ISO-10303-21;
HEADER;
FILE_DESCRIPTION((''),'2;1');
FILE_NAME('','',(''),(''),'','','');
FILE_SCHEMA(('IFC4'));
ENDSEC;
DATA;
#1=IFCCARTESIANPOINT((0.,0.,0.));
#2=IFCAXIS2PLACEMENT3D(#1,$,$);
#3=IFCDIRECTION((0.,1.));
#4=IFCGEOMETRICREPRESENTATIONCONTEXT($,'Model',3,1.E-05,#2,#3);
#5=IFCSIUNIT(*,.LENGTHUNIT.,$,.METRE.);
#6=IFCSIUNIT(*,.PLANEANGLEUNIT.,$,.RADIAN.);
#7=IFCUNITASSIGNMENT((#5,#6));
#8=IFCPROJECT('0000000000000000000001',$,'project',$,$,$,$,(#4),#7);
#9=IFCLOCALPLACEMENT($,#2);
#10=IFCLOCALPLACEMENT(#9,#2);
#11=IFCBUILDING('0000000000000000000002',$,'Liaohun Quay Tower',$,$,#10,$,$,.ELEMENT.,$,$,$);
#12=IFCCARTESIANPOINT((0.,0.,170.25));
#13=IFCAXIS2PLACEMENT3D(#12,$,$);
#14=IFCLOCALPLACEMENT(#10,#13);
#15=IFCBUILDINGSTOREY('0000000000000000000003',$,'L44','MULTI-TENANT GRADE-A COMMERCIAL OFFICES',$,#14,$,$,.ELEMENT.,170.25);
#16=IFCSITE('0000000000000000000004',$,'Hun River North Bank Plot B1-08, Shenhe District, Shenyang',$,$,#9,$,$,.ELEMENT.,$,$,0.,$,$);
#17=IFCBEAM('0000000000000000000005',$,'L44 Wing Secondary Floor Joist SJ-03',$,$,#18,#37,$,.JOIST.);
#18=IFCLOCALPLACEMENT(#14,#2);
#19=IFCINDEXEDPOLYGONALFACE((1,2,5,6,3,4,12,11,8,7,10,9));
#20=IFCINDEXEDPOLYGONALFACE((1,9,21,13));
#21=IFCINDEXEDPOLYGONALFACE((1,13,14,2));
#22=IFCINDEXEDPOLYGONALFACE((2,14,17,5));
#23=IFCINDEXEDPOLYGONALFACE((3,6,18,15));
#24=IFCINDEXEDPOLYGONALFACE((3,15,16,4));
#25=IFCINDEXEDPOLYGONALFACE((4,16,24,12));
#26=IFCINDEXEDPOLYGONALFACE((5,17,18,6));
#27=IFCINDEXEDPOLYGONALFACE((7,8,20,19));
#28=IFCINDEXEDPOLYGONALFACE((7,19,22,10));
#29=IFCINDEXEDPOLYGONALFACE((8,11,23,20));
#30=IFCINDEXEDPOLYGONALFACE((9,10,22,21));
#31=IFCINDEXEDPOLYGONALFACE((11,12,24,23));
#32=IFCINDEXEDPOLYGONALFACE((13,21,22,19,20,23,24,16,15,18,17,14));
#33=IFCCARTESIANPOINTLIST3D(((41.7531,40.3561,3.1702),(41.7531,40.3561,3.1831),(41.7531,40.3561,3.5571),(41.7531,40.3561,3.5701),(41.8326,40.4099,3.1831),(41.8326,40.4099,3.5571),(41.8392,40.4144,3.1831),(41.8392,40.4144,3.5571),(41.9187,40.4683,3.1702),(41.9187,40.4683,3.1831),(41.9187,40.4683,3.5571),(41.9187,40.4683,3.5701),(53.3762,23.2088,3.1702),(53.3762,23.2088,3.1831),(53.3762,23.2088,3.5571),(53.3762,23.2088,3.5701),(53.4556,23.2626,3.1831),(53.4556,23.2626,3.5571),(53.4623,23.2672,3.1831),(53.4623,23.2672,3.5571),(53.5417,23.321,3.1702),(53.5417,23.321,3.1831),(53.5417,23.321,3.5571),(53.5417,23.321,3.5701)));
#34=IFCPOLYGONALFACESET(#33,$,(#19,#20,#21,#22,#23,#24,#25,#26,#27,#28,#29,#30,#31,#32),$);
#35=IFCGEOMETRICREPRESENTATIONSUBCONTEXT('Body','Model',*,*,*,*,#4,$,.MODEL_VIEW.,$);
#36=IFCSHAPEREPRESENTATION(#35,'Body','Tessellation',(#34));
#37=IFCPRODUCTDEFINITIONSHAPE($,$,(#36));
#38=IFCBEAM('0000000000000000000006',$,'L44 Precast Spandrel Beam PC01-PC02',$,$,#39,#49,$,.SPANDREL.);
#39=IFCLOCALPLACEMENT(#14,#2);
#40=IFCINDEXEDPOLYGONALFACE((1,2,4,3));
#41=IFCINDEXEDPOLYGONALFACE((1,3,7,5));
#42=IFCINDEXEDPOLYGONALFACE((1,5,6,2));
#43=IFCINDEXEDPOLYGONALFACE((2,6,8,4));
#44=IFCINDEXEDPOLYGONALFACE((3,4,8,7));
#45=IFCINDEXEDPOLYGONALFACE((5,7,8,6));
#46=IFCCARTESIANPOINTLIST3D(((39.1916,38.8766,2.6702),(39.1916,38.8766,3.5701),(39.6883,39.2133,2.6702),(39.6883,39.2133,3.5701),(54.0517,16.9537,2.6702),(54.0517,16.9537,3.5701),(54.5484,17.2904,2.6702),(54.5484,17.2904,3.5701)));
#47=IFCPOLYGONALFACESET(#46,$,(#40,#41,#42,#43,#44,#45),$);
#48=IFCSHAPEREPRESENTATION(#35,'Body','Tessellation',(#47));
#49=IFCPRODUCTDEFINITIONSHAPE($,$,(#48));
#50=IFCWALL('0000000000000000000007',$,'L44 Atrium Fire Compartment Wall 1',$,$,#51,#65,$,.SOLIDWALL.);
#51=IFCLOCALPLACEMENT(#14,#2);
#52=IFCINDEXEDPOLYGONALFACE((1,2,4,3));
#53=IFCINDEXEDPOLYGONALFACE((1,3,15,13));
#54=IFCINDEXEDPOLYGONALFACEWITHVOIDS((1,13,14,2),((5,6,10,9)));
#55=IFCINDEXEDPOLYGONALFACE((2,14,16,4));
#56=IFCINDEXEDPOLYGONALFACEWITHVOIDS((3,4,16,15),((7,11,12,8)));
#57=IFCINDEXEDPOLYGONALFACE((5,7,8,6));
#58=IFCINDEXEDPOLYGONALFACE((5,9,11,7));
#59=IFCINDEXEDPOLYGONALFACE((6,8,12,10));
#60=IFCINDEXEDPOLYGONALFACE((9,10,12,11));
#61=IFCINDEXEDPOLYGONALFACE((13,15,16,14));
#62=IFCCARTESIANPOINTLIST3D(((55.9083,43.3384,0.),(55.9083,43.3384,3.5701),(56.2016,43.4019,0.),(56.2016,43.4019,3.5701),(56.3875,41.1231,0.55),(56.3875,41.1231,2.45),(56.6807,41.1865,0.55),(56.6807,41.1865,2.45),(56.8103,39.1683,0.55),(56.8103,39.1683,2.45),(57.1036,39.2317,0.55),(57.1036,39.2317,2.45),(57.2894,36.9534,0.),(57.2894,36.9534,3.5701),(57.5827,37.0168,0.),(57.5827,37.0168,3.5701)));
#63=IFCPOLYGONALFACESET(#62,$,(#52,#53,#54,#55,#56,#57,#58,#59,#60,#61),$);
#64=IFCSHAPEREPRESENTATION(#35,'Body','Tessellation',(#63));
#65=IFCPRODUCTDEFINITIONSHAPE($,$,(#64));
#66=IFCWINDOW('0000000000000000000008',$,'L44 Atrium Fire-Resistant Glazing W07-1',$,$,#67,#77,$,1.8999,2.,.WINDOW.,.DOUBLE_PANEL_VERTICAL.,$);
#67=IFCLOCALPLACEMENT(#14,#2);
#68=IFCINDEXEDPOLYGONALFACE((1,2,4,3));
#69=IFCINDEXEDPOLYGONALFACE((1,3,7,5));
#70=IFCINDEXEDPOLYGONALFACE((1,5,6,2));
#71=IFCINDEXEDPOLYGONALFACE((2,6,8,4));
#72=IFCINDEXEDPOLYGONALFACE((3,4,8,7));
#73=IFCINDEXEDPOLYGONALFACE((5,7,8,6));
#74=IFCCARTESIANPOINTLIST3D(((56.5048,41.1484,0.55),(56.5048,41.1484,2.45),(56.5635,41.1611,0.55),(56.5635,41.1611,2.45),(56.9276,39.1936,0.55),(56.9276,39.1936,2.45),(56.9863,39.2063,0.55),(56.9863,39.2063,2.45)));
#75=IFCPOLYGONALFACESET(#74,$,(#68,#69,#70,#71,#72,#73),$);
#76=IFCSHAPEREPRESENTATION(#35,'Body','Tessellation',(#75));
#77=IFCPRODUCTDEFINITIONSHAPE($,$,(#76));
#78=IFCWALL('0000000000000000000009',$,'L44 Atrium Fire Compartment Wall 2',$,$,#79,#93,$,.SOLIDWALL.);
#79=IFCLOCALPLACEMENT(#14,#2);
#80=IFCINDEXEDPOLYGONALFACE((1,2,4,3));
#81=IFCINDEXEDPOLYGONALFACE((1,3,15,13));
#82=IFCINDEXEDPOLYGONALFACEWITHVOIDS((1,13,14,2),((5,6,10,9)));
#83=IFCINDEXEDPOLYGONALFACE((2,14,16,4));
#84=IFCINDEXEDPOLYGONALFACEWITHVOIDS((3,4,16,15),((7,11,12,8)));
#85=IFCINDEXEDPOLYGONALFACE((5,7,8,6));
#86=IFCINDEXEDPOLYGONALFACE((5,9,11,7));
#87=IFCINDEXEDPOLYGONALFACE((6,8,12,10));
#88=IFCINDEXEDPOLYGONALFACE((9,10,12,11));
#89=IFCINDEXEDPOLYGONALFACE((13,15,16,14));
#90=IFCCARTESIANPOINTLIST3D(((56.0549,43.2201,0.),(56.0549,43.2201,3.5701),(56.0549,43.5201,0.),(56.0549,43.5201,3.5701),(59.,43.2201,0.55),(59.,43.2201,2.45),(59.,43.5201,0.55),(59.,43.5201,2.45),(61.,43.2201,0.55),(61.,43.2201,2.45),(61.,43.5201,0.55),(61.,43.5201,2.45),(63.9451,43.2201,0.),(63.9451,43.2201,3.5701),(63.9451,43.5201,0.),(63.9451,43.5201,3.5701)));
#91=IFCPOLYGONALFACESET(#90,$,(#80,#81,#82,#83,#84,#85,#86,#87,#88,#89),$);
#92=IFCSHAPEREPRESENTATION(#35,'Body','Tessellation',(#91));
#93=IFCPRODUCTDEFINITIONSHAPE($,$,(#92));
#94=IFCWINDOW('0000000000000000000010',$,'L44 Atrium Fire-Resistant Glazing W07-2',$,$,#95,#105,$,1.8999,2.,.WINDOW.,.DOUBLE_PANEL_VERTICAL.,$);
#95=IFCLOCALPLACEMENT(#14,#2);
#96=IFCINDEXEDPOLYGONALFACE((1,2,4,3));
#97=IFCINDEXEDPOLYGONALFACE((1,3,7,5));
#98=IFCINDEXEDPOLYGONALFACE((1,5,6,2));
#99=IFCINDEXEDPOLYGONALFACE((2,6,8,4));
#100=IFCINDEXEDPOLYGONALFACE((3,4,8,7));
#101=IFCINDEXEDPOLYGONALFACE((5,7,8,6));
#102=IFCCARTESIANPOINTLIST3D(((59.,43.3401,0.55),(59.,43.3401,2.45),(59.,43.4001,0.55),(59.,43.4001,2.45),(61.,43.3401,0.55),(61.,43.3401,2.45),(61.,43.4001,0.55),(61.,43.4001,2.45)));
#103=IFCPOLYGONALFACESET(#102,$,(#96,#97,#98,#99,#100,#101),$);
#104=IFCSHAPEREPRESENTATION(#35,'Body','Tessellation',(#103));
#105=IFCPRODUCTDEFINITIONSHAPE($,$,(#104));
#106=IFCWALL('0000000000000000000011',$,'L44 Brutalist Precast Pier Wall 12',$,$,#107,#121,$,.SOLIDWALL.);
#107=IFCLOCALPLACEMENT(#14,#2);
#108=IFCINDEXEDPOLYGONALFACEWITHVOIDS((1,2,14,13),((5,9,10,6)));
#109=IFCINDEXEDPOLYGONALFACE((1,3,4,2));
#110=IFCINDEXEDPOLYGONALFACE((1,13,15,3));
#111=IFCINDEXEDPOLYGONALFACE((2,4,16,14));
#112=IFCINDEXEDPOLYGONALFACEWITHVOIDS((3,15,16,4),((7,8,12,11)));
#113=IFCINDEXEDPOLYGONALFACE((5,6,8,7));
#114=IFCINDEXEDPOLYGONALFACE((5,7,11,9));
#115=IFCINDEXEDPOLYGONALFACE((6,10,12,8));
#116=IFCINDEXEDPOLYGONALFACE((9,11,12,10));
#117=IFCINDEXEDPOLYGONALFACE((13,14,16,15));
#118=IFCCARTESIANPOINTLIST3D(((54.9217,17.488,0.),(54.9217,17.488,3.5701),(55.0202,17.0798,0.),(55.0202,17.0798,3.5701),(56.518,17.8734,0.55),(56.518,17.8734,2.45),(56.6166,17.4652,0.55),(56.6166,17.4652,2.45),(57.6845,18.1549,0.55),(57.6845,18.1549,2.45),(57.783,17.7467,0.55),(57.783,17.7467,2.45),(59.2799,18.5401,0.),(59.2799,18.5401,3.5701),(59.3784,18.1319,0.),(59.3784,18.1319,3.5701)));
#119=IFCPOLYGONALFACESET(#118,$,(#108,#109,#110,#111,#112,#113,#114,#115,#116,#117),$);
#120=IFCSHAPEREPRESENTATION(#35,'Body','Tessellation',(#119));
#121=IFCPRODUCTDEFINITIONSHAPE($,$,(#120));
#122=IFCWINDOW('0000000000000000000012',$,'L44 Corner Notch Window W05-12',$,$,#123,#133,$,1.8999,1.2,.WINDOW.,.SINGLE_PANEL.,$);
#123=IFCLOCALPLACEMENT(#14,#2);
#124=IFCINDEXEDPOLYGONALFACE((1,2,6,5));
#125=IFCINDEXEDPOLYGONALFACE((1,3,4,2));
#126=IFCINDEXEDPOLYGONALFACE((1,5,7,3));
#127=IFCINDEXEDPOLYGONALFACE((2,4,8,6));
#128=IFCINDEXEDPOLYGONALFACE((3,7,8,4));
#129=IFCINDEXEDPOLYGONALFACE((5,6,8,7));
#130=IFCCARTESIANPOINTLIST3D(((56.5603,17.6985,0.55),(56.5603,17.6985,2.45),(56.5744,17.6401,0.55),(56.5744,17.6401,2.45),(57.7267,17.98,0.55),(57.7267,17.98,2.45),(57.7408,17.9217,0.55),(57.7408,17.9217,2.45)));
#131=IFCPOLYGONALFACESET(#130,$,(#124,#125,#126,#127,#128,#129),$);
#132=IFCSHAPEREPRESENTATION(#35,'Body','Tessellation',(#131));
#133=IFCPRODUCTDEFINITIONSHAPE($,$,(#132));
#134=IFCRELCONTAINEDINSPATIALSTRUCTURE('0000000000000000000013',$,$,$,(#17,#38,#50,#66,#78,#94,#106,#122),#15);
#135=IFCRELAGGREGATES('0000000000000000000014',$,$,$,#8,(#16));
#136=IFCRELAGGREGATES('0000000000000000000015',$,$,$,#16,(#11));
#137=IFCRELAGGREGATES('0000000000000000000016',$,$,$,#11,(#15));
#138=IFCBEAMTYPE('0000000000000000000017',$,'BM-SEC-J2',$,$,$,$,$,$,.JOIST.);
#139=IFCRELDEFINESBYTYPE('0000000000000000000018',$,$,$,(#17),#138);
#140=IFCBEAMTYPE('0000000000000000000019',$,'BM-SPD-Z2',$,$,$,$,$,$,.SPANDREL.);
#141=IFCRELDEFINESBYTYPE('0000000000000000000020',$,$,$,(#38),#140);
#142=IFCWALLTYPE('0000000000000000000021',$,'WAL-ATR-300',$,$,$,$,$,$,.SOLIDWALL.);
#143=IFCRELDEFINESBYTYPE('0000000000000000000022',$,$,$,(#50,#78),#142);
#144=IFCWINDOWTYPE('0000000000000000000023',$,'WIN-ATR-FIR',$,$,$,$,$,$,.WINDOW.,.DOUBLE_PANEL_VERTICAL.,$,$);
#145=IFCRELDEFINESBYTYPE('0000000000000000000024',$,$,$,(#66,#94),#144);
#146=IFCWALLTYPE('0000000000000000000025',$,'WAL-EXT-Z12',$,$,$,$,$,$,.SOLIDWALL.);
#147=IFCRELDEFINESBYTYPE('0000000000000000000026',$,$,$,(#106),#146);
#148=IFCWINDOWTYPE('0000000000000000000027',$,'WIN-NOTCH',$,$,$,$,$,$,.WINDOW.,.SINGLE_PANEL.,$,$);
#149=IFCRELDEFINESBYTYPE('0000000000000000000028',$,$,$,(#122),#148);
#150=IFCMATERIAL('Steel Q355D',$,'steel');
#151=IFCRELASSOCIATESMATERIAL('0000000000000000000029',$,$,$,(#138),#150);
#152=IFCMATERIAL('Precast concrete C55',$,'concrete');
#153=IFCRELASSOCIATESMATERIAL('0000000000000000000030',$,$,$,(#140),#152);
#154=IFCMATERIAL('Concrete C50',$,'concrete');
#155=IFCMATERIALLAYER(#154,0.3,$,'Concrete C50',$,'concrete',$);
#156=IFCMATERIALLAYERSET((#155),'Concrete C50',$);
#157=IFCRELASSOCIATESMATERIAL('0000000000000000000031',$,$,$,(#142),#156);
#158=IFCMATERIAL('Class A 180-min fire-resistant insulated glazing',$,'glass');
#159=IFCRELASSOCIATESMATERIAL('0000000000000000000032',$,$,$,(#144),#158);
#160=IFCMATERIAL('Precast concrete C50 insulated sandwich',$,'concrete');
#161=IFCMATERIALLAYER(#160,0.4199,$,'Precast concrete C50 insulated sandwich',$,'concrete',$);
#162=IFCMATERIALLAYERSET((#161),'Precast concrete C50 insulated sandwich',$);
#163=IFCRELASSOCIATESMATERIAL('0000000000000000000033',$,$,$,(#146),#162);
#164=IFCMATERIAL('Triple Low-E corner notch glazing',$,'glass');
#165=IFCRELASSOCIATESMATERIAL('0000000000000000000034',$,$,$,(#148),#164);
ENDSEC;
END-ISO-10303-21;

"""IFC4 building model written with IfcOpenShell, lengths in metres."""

from ifc_helpers import new_model, si_unit, direction, frame, frame_2d, origin, origin_2d, place, context, subcontext, project, spatial, rectangle, i_section, extrude, source, transform, mapped, material, layer, layer_set, material_profile, profile_set, type_object, element, fill, save


model = new_model("IFC4")

# Units and contexts
model_context = context("Model", 3, precision=1e-05, world=origin(), true_north=direction((0.0, 1.0)))
body_context = subcontext(model_context, "Body", "Model", "MODEL_VIEW")
ifc_project = project(units=[si_unit("LENGTHUNIT", "METRE"), si_unit("PLANEANGLEUNIT", "RADIAN")], contexts=[model_context])

# Site, building, storey
site_placement = place(None, origin())
site = spatial("IfcSite", under=ifc_project, at=site_placement, Name="Hun River North Bank Plot B1-08, Shenhe District, Shenyang", CompositionType="ELEMENT", RefElevation=0.0)
building_placement = place(site_placement, origin())
building = spatial("IfcBuilding", under=site, at=building_placement, Name="Liaohun Quay Tower", CompositionType="ELEMENT")
storey_placement = place(building_placement, frame((0.0, 0.0, 170.25)))
storey = spatial("IfcBuildingStorey", under=building, at=storey_placement, Name="L44", Description="MULTI-TENANT GRADE-A COMMERCIAL OFFICES", CompositionType="ELEMENT", Elevation=170.25)

# Beams
ifc_material_1 = material(Name="Steel Q355D", Category="steel")
ifc_material_profile_1 = material_profile(ifc_material_1, i_section(OverallWidth=0.2, OverallDepth=0.3999, WebThickness=0.0081, FlangeThickness=0.0129, at=origin_2d()), Name="HN400x200x8x13")
ifc_profile_set_1 = profile_set([ifc_material_profile_1], Name="Steel Q355D")
beam_type_1 = type_object("IfcBeamType", Name="BM-SEC-J2", PredefinedType="JOIST", material=ifc_profile_set_1)
shared_shape_1 = source(origin(), body_context, "Body", "SweptSolid", [
    extrude(i_section(OverallWidth=0.2, OverallDepth=0.3999, WebThickness=0.0081, FlangeThickness=0.0129, at=origin_2d()), origin(), (0.0, 0.0, 1.0), 20.7153),
])
beam_1_placement = place(storey_placement, frame((53.459, 23.2649, 3.3701), z_axis=(-0.561086, 0.827757, 0.0), x_axis=(-0.827757, -0.561086, 0.0)))
element("IfcBeam", 1, at=beam_1_placement, inside=storey, type_object=beam_type_1, Name="L44 Wing Secondary Floor Joist SJ-03", PredefinedType="JOIST", context=body_context, shape_type="MappedRepresentation", body=[
    mapped(shared_shape_1, transform((0.0, 0.0, 0.0), x_axis=(1.0, 0.0, 0.0), y_axis=(0.0, 1.0, 0.0), z_axis=(0.0, 0.0, 1.0), scale=1.0)),
])
ifc_material_2 = material(Name="Precast concrete C55", Category="concrete")
ifc_material_profile_2 = material_profile(ifc_material_2, rectangle(XDim=0.6001, YDim=0.8999, at=origin_2d()), Name="RC600x900")
ifc_profile_set_2 = profile_set([ifc_material_profile_2], Name="Precast concrete C55")
beam_type_2 = type_object("IfcBeamType", Name="BM-SPD-Z2", PredefinedType="SPANDREL", material=ifc_profile_set_2)
shared_shape_2 = source(origin(), body_context, "Body", "SweptSolid", [
    extrude(rectangle(XDim=0.6001, YDim=0.8999, at=origin_2d()), origin(), (0.0, 0.0, 1.0), 26.4846),
])
beam_2_placement = place(storey_placement, frame((54.3, 17.1221, 3.1201), z_axis=(-0.561085, 0.827758, 0.0), x_axis=(-0.827758, -0.561085, 0.0)))
element("IfcBeam", 2, at=beam_2_placement, inside=storey, type_object=beam_type_2, Name="L44 Precast Spandrel Beam PC01-PC02", PredefinedType="SPANDREL", context=body_context, shape_type="MappedRepresentation", body=[
    mapped(shared_shape_2, transform((0.0, 0.0, 0.0), x_axis=(1.0, 0.0, 0.0), y_axis=(0.0, 1.0, 0.0), z_axis=(0.0, 0.0, 1.0), scale=1.0)),
])

# Walls, openings, windows
ifc_material_3 = material(Name="Concrete C50", Category="concrete")
ifc_layer_1 = layer(ifc_material_3, 0.3, Name="Concrete C50", Category="concrete")
ifc_layer_set_1 = layer_set([ifc_layer_1], Name="Concrete C50")
wall_type_1 = type_object("IfcWallType", Name="WAL-ATR-300", PredefinedType="SOLIDWALL", material=ifc_layer_set_1)
wall_1_placement = place(storey_placement, frame((57.436, 36.9851, 0.0), z_axis=(0.0, 0.0, 1.0), x_axis=(-0.211415, 0.977396, 0.0)))
wall_1 = element("IfcWall", 3, at=wall_1_placement, inside=storey, type_object=wall_type_1, Name="L44 Atrium Fire Compartment Wall 1", PredefinedType="SOLIDWALL", context=body_context, shape_type="SweptSolid", body=[
    extrude(rectangle(XDim=6.5327, YDim=0.3, at=frame_2d((3.2664, 0.0))), origin(), (0.0, 0.0, 1.0), 3.5701),
])
shared_shape_3 = source(origin(), body_context, "Body", "SweptSolid", [
    extrude(rectangle(XDim=2.0, YDim=1.8999, at=frame_2d((1.0, 0.95))), frame((0.0, 0.1599, 0.0), z_axis=(0.0, -1.0, 0.0), x_axis=(1.0, 0.0, 0.0)), (0.0, 0.0, 1.0), 0.3201),
])
opening_1_placement = place(wall_1_placement, frame((2.2661, 0.0, 0.55)))
opening_1 = element("IfcOpeningElement", 4, at=opening_1_placement, cuts=wall_1, PredefinedType="OPENING", context=body_context, shape_type="MappedRepresentation", body=[
    mapped(shared_shape_3, transform((0.0, 0.0, 0.0), x_axis=(1.0, 0.0, 0.0), y_axis=(0.0, 1.0, 0.0), z_axis=(0.0, 0.0, 1.0), scale=1.0)),
])
ifc_material_4 = material(Name="Class A 180-min fire-resistant insulated glazing", Category="glass")
window_type_1 = type_object("IfcWindowType", Name="WIN-ATR-FIR", PartitioningType="DOUBLE_PANEL_VERTICAL", PredefinedType="WINDOW", material=ifc_material_4)
shared_shape_4 = source(origin(), body_context, "Body", "SweptSolid", [
    extrude(rectangle(XDim=2.0, YDim=1.8999, at=frame_2d((1.0, 0.95))), frame((0.0, 0.03, 0.0), z_axis=(0.0, -1.0, 0.0), x_axis=(1.0, 0.0, 0.0)), (0.0, 0.0, 1.0), 0.0601),
])
window_1_placement = place(opening_1_placement, origin())
window_1 = element("IfcWindow", 5, at=window_1_placement, inside=storey, type_object=window_type_1, Name="L44 Atrium Fire-Resistant Glazing W07-1", OverallHeight=1.8999, OverallWidth=2.0, PartitioningType="DOUBLE_PANEL_VERTICAL", PredefinedType="WINDOW", context=body_context, shape_type="MappedRepresentation", body=[
    mapped(shared_shape_4, transform((0.0, 0.0, 0.0), x_axis=(1.0, 0.0, 0.0), y_axis=(0.0, 1.0, 0.0), z_axis=(0.0, 0.0, 1.0), scale=1.0)),
])
fill(opening_1, window_1)
wall_2_placement = place(storey_placement, frame((56.0549, 43.3701, 0.0), z_axis=(0.0, 0.0, 1.0), x_axis=(1.0, 0.0, 0.0)))
wall_2 = element("IfcWall", 6, at=wall_2_placement, inside=storey, type_object=wall_type_1, Name="L44 Atrium Fire Compartment Wall 2", PredefinedType="SOLIDWALL", context=body_context, shape_type="SweptSolid", body=[
    extrude(rectangle(XDim=7.8901, YDim=0.3, at=frame_2d((3.9451, 0.0))), origin(), (0.0, 0.0, 1.0), 3.5701),
])
opening_2_placement = place(wall_2_placement, frame((2.9451, 0.0, 0.55)))
opening_2 = element("IfcOpeningElement", 7, at=opening_2_placement, cuts=wall_2, PredefinedType="OPENING", context=body_context, shape_type="MappedRepresentation", body=[
    mapped(shared_shape_3, transform((0.0, 0.0, 0.0), x_axis=(1.0, 0.0, 0.0), y_axis=(0.0, 1.0, 0.0), z_axis=(0.0, 0.0, 1.0), scale=1.0)),
])
window_2_placement = place(opening_2_placement, origin())
window_2 = element("IfcWindow", 8, at=window_2_placement, inside=storey, type_object=window_type_1, Name="L44 Atrium Fire-Resistant Glazing W07-2", OverallHeight=1.8999, OverallWidth=2.0, PartitioningType="DOUBLE_PANEL_VERTICAL", PredefinedType="WINDOW", context=body_context, shape_type="MappedRepresentation", body=[
    mapped(shared_shape_4, transform((0.0, 0.0, 0.0), x_axis=(1.0, 0.0, 0.0), y_axis=(0.0, 1.0, 0.0), z_axis=(0.0, 0.0, 1.0), scale=1.0)),
])
fill(opening_2, window_2)
ifc_material_5 = material(Name="Precast concrete C50 insulated sandwich", Category="concrete")
ifc_layer_2 = layer(ifc_material_5, 0.4199, Name="Precast concrete C50 insulated sandwich", Category="concrete")
ifc_layer_set_2 = layer_set([ifc_layer_2], Name="Precast concrete C50 insulated sandwich")
wall_type_2 = type_object("IfcWallType", Name="WAL-EXT-Z12", PredefinedType="SOLIDWALL", material=ifc_layer_set_2)
wall_3_placement = place(storey_placement, frame((54.9709, 17.2839, 0.0), z_axis=(0.0, 0.0, 1.0), x_axis=(0.97208, 0.234648, 0.0)))
wall_3 = element("IfcWall", 9, at=wall_3_placement, inside=storey, type_object=wall_type_2, Name="L44 Brutalist Precast Pier Wall 12", PredefinedType="SOLIDWALL", context=body_context, shape_type="SweptSolid", body=[
    extrude(rectangle(XDim=4.4834, YDim=0.4199, at=frame_2d((2.2417, 0.0))), origin(), (0.0, 0.0, 1.0), 3.5701),
])
shared_shape_5 = source(origin(), body_context, "Body", "SweptSolid", [
    extrude(rectangle(XDim=1.2, YDim=1.8999, at=frame_2d((0.6001, 0.95))), frame((0.0, 0.22, 0.0), z_axis=(0.0, -1.0, 0.0), x_axis=(1.0, 0.0, 0.0)), (0.0, 0.0, 1.0), 0.4399),
])
opening_3_placement = place(wall_3_placement, frame((1.6421, 0.0, 0.55)))
opening_3 = element("IfcOpeningElement", 10, at=opening_3_placement, cuts=wall_3, PredefinedType="OPENING", context=body_context, shape_type="MappedRepresentation", body=[
    mapped(shared_shape_5, transform((0.0, 0.0, 0.0), x_axis=(1.0, 0.0, 0.0), y_axis=(0.0, 1.0, 0.0), z_axis=(0.0, 0.0, 1.0), scale=1.0)),
])
ifc_material_6 = material(Name="Triple Low-E corner notch glazing", Category="glass")
window_type_2 = type_object("IfcWindowType", Name="WIN-NOTCH", PartitioningType="SINGLE_PANEL", PredefinedType="WINDOW", material=ifc_material_6)
shared_shape_6 = source(origin(), body_context, "Body", "SweptSolid", [
    extrude(rectangle(XDim=1.2, YDim=1.8999, at=frame_2d((0.6001, 0.95))), frame((0.0, 0.03, 0.0), z_axis=(0.0, -1.0, 0.0), x_axis=(1.0, 0.0, 0.0)), (0.0, 0.0, 1.0), 0.0601),
])
window_3_placement = place(opening_3_placement, origin())
window_3 = element("IfcWindow", 11, at=window_3_placement, inside=storey, type_object=window_type_2, Name="L44 Corner Notch Window W05-12", OverallHeight=1.8999, OverallWidth=1.2, PartitioningType="SINGLE_PANEL", PredefinedType="WINDOW", context=body_context, shape_type="MappedRepresentation", body=[
    mapped(shared_shape_6, transform((0.0, 0.0, 0.0), x_axis=(1.0, 0.0, 0.0), y_axis=(0.0, 1.0, 0.0), z_axis=(0.0, 0.0, 1.0), scale=1.0)),
])
fill(opening_3, window_3)

save(model, "model.ifc")
